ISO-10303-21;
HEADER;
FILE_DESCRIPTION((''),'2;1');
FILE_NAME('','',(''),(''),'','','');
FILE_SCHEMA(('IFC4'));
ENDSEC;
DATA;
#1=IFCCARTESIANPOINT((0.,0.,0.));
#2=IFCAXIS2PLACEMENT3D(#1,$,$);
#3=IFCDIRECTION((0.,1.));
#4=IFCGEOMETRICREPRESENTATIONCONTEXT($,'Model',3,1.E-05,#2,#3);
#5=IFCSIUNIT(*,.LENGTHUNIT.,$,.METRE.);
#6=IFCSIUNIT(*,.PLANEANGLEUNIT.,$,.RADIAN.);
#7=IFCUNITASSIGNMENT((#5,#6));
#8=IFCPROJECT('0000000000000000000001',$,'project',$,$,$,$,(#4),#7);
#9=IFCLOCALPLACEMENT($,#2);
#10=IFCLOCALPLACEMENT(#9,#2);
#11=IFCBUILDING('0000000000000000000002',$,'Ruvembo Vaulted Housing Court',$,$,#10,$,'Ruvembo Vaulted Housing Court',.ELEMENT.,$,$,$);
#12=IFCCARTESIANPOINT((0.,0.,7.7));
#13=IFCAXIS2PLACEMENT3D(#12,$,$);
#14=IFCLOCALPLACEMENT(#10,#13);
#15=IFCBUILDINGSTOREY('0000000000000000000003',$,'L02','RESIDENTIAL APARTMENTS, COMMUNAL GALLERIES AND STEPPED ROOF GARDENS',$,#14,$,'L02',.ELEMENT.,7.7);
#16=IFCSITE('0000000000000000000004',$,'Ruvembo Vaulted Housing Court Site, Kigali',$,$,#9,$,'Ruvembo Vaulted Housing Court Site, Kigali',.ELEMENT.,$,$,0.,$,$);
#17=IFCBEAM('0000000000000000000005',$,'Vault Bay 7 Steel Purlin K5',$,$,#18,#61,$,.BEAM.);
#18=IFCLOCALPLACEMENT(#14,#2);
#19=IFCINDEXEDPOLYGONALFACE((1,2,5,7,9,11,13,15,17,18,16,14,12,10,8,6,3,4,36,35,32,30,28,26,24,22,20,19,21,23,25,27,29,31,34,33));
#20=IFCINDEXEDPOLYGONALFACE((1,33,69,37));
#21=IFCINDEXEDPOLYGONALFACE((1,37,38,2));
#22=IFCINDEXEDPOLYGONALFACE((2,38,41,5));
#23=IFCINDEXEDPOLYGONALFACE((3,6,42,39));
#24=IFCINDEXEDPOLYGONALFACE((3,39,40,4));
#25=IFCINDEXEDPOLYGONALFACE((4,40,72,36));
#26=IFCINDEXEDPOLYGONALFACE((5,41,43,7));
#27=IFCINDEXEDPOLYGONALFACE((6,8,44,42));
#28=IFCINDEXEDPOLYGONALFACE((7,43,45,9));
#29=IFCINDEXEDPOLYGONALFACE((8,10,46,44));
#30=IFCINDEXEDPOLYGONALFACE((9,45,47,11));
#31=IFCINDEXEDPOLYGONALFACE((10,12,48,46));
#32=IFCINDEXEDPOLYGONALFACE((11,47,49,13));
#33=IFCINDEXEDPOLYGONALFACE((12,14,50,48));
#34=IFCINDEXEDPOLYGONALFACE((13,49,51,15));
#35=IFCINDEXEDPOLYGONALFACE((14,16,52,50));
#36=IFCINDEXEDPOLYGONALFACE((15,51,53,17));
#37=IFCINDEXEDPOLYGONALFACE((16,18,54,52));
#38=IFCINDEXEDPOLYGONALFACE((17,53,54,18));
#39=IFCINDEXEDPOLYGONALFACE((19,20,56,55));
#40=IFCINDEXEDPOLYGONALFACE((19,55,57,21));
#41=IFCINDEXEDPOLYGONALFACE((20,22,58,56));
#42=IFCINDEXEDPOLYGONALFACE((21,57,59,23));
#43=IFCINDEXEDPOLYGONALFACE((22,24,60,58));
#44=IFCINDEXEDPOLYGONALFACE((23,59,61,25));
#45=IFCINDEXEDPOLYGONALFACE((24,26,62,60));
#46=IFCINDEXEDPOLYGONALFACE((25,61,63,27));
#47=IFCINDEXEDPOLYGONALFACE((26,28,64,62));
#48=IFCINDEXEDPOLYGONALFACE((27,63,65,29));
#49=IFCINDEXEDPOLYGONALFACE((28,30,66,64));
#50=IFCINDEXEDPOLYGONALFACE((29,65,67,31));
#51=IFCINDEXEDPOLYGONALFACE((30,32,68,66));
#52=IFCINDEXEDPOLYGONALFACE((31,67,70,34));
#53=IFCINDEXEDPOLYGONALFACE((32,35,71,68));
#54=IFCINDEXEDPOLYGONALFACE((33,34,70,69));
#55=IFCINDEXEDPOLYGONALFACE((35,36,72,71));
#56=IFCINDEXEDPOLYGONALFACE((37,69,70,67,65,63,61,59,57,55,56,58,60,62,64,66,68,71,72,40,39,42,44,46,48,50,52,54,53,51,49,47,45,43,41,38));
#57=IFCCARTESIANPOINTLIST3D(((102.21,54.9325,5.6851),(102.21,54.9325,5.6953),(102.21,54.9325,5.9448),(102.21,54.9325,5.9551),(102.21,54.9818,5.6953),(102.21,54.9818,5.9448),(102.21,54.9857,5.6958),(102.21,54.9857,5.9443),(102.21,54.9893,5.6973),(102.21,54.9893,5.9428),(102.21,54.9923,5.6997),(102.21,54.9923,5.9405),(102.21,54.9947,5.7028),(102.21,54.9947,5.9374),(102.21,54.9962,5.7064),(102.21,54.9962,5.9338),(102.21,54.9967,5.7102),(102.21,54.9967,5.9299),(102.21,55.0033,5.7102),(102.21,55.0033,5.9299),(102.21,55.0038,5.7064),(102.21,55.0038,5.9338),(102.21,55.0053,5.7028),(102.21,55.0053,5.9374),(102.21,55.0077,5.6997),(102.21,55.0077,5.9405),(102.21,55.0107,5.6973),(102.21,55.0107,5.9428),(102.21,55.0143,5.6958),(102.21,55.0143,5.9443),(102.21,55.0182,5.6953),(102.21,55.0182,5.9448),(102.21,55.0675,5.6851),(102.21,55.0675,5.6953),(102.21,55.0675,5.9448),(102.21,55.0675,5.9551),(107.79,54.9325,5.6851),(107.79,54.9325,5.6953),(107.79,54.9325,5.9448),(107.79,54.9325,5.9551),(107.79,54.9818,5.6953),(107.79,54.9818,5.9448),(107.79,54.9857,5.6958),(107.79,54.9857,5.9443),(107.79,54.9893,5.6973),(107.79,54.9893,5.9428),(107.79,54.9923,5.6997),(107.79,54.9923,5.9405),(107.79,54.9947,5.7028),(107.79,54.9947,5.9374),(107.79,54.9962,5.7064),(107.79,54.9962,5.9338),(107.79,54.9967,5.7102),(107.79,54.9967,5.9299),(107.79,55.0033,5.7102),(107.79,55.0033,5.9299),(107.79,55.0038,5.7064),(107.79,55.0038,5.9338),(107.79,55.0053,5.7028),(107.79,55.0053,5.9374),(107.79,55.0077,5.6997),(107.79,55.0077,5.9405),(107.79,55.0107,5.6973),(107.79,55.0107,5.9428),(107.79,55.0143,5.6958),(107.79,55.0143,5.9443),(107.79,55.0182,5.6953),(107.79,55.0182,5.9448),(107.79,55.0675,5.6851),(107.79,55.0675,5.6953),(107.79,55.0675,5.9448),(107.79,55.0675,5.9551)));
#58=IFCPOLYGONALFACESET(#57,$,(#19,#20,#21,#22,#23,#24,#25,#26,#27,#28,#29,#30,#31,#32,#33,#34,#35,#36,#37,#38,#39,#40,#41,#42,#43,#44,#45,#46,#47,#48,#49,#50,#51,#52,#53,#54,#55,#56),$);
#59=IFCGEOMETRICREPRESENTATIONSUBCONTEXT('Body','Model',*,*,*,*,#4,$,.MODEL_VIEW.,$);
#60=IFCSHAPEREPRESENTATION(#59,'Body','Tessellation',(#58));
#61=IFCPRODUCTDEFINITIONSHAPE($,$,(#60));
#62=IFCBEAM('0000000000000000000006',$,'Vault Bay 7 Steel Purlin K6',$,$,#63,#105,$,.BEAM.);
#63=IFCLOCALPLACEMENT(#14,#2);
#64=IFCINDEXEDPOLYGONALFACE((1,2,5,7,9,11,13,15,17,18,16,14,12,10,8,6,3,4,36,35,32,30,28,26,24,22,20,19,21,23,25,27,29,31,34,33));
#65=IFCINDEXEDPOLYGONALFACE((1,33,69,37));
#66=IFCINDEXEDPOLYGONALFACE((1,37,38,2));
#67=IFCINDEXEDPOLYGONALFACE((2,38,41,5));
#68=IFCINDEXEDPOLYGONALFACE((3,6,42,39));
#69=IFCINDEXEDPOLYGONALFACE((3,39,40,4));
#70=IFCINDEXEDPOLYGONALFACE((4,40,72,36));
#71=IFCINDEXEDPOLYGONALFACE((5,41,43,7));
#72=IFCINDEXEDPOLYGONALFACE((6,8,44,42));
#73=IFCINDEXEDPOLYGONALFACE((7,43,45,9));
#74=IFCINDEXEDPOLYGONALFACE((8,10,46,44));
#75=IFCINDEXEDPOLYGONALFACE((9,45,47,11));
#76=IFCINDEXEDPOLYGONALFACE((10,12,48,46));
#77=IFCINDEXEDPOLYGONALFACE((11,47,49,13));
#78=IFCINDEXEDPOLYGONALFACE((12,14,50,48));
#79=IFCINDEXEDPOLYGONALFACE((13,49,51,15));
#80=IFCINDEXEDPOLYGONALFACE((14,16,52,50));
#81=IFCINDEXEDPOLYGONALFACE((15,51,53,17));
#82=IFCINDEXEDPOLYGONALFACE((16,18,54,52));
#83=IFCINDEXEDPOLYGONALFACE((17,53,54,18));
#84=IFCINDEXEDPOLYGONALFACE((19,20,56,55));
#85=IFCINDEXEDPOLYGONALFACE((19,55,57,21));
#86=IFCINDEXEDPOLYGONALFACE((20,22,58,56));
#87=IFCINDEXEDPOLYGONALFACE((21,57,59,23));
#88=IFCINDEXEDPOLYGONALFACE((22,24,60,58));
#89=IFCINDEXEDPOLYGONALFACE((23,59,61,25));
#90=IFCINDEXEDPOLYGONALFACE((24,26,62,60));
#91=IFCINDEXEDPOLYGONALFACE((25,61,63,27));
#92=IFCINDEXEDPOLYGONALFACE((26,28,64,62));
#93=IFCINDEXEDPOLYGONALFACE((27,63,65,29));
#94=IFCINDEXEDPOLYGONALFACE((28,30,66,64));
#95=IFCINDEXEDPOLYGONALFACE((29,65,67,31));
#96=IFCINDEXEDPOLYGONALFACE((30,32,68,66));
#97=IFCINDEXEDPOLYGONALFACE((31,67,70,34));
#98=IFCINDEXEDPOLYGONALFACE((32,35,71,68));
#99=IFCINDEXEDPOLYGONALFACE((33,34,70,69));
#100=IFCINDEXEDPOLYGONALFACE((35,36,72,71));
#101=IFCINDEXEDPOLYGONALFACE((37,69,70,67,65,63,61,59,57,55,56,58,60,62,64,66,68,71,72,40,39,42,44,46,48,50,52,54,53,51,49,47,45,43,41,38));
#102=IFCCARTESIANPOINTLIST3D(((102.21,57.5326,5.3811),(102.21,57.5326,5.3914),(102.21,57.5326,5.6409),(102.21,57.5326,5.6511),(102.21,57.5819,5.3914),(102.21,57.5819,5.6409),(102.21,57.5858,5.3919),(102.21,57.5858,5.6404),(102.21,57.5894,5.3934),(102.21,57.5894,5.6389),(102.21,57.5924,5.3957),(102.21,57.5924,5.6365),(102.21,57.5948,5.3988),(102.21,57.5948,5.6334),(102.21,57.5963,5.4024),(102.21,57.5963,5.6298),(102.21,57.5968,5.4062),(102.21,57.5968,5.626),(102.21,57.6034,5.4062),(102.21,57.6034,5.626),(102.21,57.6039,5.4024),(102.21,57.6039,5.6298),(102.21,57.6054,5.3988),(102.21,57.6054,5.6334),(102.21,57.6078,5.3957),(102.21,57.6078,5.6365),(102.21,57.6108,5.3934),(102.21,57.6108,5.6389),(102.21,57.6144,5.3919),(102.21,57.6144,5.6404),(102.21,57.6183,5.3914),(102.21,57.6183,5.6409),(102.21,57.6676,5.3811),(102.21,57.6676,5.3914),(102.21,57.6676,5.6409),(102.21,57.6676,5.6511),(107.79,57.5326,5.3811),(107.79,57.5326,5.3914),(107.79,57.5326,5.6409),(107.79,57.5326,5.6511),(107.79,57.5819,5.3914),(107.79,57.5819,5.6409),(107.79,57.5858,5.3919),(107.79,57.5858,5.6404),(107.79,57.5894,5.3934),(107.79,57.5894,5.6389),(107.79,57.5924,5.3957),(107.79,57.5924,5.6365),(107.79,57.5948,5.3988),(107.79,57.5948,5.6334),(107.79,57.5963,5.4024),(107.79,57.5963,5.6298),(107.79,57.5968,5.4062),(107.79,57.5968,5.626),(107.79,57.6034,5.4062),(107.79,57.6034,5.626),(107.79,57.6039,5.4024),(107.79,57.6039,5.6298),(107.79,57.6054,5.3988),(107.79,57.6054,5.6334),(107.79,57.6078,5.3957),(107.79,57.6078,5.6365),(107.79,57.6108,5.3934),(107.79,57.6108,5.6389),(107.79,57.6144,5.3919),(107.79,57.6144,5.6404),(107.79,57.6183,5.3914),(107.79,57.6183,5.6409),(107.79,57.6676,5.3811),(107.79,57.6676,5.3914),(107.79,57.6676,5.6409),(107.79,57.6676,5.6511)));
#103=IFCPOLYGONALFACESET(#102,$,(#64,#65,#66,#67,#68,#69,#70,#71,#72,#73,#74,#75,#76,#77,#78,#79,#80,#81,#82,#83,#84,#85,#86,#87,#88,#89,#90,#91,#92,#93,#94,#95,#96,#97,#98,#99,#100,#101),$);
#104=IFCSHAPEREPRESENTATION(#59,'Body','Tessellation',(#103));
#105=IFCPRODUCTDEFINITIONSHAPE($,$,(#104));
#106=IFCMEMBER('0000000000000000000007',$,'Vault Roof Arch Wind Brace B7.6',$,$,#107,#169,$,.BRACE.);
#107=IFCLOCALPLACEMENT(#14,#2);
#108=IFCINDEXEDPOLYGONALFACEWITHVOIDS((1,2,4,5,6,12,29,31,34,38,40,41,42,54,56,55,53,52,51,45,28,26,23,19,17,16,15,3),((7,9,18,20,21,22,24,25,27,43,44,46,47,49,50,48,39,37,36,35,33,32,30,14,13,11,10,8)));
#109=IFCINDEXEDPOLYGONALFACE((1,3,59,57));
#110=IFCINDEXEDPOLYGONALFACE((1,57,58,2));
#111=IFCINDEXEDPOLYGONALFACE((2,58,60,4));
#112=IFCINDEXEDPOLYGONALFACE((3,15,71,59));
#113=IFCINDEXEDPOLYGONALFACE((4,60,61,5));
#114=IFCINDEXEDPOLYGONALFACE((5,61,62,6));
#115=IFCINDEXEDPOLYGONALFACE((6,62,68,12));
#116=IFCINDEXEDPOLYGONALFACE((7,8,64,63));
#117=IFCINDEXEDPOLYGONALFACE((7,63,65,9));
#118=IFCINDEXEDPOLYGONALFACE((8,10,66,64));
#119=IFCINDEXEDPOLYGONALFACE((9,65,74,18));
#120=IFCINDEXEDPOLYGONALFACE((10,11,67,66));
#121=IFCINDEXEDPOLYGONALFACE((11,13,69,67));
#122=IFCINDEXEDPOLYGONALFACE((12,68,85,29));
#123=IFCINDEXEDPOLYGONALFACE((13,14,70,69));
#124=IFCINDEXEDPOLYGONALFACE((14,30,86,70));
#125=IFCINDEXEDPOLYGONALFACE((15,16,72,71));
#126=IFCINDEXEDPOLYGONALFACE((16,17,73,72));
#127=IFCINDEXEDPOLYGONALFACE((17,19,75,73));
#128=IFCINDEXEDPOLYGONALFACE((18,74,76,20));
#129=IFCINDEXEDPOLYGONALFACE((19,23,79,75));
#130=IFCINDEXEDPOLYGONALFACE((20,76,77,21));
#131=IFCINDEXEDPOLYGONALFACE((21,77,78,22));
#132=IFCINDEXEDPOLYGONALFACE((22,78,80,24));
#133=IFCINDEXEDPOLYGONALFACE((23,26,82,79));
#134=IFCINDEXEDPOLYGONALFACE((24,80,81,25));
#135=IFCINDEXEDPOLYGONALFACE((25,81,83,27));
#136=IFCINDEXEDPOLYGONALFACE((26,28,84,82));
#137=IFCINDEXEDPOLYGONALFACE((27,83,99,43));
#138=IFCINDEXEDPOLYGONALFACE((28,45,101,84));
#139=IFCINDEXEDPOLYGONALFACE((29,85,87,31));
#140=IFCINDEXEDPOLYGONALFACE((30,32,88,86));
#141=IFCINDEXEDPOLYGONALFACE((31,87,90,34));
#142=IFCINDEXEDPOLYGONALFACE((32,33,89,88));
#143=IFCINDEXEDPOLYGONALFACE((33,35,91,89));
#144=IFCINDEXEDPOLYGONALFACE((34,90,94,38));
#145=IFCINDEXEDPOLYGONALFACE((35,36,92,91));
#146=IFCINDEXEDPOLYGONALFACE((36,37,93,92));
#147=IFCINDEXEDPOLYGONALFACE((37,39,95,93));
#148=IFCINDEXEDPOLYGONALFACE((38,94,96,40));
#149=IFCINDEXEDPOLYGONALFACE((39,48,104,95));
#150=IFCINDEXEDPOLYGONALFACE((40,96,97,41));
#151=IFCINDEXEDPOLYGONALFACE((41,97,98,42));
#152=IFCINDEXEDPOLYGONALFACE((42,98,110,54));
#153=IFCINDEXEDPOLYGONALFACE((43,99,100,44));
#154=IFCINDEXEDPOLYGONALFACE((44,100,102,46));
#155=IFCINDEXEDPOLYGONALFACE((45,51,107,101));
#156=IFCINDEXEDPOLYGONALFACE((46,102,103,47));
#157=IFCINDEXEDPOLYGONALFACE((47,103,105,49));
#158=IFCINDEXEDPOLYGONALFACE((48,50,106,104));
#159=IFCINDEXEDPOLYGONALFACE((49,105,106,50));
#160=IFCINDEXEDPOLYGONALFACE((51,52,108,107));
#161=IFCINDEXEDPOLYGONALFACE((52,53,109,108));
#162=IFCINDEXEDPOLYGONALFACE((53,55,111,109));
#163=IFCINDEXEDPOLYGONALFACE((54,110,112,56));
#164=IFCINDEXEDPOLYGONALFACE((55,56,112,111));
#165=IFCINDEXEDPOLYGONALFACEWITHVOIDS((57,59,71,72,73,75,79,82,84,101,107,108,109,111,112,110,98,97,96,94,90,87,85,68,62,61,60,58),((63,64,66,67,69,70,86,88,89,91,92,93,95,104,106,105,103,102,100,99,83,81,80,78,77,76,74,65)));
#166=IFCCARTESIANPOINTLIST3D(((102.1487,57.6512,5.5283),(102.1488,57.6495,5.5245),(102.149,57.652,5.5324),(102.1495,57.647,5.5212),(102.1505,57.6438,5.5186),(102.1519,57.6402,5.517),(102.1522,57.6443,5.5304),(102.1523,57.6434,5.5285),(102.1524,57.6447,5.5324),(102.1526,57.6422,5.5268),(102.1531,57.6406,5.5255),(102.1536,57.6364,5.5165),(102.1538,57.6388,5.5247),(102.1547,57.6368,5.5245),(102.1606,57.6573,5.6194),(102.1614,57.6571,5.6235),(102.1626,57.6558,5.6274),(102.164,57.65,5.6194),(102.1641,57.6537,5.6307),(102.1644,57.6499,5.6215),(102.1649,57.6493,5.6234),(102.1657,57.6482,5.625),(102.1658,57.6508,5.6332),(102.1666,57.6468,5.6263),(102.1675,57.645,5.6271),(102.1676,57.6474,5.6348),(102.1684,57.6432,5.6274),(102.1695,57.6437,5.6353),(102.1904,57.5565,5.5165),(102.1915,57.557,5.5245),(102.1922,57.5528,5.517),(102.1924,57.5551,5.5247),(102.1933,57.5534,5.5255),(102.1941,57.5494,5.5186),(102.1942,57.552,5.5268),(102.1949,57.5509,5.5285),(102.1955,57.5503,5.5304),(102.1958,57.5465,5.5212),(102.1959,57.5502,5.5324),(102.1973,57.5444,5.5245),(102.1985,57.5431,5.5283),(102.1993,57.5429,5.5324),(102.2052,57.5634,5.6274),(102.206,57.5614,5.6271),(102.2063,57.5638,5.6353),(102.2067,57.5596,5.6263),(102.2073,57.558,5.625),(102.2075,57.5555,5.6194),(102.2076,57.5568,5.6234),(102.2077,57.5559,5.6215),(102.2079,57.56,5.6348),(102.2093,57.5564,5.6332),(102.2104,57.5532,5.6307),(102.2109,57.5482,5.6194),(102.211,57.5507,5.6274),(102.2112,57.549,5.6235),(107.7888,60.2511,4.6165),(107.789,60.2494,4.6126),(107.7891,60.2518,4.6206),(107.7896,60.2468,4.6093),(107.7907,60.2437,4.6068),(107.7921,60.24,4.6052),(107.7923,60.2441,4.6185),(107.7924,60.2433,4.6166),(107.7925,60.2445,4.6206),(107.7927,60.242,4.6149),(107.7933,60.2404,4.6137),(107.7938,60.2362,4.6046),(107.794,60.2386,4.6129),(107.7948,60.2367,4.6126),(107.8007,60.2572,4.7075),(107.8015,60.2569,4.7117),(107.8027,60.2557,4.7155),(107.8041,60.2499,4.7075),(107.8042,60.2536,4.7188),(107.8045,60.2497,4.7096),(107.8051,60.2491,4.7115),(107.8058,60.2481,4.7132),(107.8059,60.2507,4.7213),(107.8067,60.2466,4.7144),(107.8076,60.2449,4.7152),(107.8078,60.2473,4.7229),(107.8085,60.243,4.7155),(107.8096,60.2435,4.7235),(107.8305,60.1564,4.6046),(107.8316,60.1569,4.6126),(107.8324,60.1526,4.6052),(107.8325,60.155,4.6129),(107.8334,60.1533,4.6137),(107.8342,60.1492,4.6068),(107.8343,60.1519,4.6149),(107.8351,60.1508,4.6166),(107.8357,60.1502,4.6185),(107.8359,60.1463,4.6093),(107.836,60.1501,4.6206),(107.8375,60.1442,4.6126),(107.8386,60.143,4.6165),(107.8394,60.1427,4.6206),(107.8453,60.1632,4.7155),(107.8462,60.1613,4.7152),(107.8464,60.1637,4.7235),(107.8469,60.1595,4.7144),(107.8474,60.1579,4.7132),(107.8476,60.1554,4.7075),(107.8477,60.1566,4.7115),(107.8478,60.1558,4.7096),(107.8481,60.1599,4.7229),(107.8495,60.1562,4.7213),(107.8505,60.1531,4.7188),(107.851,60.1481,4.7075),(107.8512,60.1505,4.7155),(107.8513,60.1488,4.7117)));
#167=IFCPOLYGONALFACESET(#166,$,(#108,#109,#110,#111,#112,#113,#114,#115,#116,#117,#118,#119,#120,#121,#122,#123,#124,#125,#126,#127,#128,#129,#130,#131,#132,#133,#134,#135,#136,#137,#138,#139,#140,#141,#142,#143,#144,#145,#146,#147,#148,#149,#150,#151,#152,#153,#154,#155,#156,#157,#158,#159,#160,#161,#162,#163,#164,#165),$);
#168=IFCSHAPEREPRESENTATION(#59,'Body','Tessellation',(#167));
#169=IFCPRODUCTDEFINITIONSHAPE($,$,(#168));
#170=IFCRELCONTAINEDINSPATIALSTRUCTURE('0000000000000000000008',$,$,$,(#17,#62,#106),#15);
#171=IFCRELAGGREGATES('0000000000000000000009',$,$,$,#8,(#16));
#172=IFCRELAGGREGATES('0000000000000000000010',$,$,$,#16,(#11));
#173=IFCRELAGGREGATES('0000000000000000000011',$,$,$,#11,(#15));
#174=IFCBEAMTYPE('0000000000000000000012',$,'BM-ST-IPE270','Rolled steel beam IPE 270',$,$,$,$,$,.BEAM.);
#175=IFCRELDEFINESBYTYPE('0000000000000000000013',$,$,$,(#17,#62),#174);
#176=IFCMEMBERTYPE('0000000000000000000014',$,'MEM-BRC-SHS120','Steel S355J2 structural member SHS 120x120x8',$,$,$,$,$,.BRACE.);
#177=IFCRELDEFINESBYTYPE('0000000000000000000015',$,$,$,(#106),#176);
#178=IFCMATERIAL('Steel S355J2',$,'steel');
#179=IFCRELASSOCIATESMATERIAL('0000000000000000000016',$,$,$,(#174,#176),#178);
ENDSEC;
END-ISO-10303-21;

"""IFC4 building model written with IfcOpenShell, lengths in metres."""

from ifc_helpers import new_model, si_unit, direction, frame, origin, origin_2d, place, context, subcontext, project, spatial, hollow_rectangle, i_section, extrude, material, material_profile, profile_set, type_object, element, save


model = new_model("IFC4")

# Units and contexts
model_context = context("Model", 3, precision=1e-05, world=origin(), true_north=direction((0.0, 1.0)))
body_context = subcontext(model_context, "Body", "Model", "MODEL_VIEW")
ifc_project = project(units=[si_unit("LENGTHUNIT", "METRE"), si_unit("PLANEANGLEUNIT", "RADIAN")], contexts=[model_context])

# Site, building, storey
site_placement = place(None, origin())
site = spatial("IfcSite", under=ifc_project, at=site_placement, Name="Ruvembo Vaulted Housing Court Site, Kigali", LongName="Ruvembo Vaulted Housing Court Site, Kigali", CompositionType="ELEMENT", RefElevation=0.0)
building_placement = place(site_placement, origin())
building = spatial("IfcBuilding", under=site, at=building_placement, Name="Ruvembo Vaulted Housing Court", LongName="Ruvembo Vaulted Housing Court", CompositionType="ELEMENT")
storey_placement = place(building_placement, frame((0.0, 0.0, 7.7)))
storey = spatial("IfcBuildingStorey", under=building, at=storey_placement, Name="L02", Description="RESIDENTIAL APARTMENTS, COMMUNAL GALLERIES AND STEPPED ROOF GARDENS", LongName="L02", CompositionType="ELEMENT", Elevation=7.7)

# Beams
ifc_material_1 = material(Name="Steel S355J2", Category="steel")
ifc_material_profile_1 = material_profile(ifc_material_1, i_section(OverallWidth=0.135, OverallDepth=0.27, WebThickness=0.0066, FlangeThickness=0.0103, FilletRadius=0.0149, at=origin_2d()), Name="IPE 270")
ifc_profile_set_1 = profile_set([ifc_material_profile_1], Name="Steel S355J2")
beam_type_1 = type_object("IfcBeamType", Name="BM-ST-IPE270", Description="Rolled steel beam IPE 270", PredefinedType="BEAM", material=ifc_profile_set_1)
for number, where, z_axis, x_axis, name in (
    (1, (102.21, 55.0, 5.8201), (1.0, 0.0, 0.0), (0.0, 1.0, 0.0), "Vault Bay 7 Steel Purlin K5"),
    (2, (102.21, 57.6001, 5.5161), (1.0, 0.0, 0.0), (0.0, 1.0, 0.0), "Vault Bay 7 Steel Purlin K6"),
):
    element("IfcBeam", number, at=place(storey_placement, frame(where, z_axis=z_axis, x_axis=x_axis)), inside=storey, type_object=beam_type_1, Name=name, PredefinedType="BEAM", context=body_context, shape_type="SweptSolid", body=[
        extrude(i_section(OverallWidth=0.135, OverallDepth=0.27, WebThickness=0.0066, FlangeThickness=0.0103, FilletRadius=0.0149, at=origin_2d()), origin(), (0.0, 0.0, 1.0), 5.5801),
    ])

# Member
ifc_material_profile_2 = material_profile(ifc_material_1, hollow_rectangle(XDim=0.1201, YDim=0.1201, WallThickness=0.0081, InnerFilletRadius=0.0081, OuterFilletRadius=0.0161, at=origin_2d()), Name="SHS 120x120x8")
ifc_profile_set_2 = profile_set([ifc_material_profile_2], Name="Steel S355J2")
member_type_1 = type_object("IfcMemberType", Name="MEM-BRC-SHS120", Description="Steel S355J2 structural member SHS 120x120x8", PredefinedType="BRACE", material=ifc_profile_set_2)
member_placement = place(storey_placement, frame((102.1799, 57.6001, 5.5759), z_axis=(0.898527, 0.414181, -0.145269), x_axis=(-0.418622, 0.908161, 0.0)))
element("IfcMember", 3, at=member_placement, inside=storey, type_object=member_type_1, Name="Vault Roof Arch Wind Brace B7.6", PredefinedType="BRACE", context=body_context, shape_type="SweptSolid", body=[
    extrude(hollow_rectangle(XDim=0.1201, YDim=0.1201, WallThickness=0.0081, InnerFilletRadius=0.0081, OuterFilletRadius=0.0161, at=origin_2d()), origin(), (0.0, 0.0, 1.0), 6.2771),
])

save(model, "model.ifc")
